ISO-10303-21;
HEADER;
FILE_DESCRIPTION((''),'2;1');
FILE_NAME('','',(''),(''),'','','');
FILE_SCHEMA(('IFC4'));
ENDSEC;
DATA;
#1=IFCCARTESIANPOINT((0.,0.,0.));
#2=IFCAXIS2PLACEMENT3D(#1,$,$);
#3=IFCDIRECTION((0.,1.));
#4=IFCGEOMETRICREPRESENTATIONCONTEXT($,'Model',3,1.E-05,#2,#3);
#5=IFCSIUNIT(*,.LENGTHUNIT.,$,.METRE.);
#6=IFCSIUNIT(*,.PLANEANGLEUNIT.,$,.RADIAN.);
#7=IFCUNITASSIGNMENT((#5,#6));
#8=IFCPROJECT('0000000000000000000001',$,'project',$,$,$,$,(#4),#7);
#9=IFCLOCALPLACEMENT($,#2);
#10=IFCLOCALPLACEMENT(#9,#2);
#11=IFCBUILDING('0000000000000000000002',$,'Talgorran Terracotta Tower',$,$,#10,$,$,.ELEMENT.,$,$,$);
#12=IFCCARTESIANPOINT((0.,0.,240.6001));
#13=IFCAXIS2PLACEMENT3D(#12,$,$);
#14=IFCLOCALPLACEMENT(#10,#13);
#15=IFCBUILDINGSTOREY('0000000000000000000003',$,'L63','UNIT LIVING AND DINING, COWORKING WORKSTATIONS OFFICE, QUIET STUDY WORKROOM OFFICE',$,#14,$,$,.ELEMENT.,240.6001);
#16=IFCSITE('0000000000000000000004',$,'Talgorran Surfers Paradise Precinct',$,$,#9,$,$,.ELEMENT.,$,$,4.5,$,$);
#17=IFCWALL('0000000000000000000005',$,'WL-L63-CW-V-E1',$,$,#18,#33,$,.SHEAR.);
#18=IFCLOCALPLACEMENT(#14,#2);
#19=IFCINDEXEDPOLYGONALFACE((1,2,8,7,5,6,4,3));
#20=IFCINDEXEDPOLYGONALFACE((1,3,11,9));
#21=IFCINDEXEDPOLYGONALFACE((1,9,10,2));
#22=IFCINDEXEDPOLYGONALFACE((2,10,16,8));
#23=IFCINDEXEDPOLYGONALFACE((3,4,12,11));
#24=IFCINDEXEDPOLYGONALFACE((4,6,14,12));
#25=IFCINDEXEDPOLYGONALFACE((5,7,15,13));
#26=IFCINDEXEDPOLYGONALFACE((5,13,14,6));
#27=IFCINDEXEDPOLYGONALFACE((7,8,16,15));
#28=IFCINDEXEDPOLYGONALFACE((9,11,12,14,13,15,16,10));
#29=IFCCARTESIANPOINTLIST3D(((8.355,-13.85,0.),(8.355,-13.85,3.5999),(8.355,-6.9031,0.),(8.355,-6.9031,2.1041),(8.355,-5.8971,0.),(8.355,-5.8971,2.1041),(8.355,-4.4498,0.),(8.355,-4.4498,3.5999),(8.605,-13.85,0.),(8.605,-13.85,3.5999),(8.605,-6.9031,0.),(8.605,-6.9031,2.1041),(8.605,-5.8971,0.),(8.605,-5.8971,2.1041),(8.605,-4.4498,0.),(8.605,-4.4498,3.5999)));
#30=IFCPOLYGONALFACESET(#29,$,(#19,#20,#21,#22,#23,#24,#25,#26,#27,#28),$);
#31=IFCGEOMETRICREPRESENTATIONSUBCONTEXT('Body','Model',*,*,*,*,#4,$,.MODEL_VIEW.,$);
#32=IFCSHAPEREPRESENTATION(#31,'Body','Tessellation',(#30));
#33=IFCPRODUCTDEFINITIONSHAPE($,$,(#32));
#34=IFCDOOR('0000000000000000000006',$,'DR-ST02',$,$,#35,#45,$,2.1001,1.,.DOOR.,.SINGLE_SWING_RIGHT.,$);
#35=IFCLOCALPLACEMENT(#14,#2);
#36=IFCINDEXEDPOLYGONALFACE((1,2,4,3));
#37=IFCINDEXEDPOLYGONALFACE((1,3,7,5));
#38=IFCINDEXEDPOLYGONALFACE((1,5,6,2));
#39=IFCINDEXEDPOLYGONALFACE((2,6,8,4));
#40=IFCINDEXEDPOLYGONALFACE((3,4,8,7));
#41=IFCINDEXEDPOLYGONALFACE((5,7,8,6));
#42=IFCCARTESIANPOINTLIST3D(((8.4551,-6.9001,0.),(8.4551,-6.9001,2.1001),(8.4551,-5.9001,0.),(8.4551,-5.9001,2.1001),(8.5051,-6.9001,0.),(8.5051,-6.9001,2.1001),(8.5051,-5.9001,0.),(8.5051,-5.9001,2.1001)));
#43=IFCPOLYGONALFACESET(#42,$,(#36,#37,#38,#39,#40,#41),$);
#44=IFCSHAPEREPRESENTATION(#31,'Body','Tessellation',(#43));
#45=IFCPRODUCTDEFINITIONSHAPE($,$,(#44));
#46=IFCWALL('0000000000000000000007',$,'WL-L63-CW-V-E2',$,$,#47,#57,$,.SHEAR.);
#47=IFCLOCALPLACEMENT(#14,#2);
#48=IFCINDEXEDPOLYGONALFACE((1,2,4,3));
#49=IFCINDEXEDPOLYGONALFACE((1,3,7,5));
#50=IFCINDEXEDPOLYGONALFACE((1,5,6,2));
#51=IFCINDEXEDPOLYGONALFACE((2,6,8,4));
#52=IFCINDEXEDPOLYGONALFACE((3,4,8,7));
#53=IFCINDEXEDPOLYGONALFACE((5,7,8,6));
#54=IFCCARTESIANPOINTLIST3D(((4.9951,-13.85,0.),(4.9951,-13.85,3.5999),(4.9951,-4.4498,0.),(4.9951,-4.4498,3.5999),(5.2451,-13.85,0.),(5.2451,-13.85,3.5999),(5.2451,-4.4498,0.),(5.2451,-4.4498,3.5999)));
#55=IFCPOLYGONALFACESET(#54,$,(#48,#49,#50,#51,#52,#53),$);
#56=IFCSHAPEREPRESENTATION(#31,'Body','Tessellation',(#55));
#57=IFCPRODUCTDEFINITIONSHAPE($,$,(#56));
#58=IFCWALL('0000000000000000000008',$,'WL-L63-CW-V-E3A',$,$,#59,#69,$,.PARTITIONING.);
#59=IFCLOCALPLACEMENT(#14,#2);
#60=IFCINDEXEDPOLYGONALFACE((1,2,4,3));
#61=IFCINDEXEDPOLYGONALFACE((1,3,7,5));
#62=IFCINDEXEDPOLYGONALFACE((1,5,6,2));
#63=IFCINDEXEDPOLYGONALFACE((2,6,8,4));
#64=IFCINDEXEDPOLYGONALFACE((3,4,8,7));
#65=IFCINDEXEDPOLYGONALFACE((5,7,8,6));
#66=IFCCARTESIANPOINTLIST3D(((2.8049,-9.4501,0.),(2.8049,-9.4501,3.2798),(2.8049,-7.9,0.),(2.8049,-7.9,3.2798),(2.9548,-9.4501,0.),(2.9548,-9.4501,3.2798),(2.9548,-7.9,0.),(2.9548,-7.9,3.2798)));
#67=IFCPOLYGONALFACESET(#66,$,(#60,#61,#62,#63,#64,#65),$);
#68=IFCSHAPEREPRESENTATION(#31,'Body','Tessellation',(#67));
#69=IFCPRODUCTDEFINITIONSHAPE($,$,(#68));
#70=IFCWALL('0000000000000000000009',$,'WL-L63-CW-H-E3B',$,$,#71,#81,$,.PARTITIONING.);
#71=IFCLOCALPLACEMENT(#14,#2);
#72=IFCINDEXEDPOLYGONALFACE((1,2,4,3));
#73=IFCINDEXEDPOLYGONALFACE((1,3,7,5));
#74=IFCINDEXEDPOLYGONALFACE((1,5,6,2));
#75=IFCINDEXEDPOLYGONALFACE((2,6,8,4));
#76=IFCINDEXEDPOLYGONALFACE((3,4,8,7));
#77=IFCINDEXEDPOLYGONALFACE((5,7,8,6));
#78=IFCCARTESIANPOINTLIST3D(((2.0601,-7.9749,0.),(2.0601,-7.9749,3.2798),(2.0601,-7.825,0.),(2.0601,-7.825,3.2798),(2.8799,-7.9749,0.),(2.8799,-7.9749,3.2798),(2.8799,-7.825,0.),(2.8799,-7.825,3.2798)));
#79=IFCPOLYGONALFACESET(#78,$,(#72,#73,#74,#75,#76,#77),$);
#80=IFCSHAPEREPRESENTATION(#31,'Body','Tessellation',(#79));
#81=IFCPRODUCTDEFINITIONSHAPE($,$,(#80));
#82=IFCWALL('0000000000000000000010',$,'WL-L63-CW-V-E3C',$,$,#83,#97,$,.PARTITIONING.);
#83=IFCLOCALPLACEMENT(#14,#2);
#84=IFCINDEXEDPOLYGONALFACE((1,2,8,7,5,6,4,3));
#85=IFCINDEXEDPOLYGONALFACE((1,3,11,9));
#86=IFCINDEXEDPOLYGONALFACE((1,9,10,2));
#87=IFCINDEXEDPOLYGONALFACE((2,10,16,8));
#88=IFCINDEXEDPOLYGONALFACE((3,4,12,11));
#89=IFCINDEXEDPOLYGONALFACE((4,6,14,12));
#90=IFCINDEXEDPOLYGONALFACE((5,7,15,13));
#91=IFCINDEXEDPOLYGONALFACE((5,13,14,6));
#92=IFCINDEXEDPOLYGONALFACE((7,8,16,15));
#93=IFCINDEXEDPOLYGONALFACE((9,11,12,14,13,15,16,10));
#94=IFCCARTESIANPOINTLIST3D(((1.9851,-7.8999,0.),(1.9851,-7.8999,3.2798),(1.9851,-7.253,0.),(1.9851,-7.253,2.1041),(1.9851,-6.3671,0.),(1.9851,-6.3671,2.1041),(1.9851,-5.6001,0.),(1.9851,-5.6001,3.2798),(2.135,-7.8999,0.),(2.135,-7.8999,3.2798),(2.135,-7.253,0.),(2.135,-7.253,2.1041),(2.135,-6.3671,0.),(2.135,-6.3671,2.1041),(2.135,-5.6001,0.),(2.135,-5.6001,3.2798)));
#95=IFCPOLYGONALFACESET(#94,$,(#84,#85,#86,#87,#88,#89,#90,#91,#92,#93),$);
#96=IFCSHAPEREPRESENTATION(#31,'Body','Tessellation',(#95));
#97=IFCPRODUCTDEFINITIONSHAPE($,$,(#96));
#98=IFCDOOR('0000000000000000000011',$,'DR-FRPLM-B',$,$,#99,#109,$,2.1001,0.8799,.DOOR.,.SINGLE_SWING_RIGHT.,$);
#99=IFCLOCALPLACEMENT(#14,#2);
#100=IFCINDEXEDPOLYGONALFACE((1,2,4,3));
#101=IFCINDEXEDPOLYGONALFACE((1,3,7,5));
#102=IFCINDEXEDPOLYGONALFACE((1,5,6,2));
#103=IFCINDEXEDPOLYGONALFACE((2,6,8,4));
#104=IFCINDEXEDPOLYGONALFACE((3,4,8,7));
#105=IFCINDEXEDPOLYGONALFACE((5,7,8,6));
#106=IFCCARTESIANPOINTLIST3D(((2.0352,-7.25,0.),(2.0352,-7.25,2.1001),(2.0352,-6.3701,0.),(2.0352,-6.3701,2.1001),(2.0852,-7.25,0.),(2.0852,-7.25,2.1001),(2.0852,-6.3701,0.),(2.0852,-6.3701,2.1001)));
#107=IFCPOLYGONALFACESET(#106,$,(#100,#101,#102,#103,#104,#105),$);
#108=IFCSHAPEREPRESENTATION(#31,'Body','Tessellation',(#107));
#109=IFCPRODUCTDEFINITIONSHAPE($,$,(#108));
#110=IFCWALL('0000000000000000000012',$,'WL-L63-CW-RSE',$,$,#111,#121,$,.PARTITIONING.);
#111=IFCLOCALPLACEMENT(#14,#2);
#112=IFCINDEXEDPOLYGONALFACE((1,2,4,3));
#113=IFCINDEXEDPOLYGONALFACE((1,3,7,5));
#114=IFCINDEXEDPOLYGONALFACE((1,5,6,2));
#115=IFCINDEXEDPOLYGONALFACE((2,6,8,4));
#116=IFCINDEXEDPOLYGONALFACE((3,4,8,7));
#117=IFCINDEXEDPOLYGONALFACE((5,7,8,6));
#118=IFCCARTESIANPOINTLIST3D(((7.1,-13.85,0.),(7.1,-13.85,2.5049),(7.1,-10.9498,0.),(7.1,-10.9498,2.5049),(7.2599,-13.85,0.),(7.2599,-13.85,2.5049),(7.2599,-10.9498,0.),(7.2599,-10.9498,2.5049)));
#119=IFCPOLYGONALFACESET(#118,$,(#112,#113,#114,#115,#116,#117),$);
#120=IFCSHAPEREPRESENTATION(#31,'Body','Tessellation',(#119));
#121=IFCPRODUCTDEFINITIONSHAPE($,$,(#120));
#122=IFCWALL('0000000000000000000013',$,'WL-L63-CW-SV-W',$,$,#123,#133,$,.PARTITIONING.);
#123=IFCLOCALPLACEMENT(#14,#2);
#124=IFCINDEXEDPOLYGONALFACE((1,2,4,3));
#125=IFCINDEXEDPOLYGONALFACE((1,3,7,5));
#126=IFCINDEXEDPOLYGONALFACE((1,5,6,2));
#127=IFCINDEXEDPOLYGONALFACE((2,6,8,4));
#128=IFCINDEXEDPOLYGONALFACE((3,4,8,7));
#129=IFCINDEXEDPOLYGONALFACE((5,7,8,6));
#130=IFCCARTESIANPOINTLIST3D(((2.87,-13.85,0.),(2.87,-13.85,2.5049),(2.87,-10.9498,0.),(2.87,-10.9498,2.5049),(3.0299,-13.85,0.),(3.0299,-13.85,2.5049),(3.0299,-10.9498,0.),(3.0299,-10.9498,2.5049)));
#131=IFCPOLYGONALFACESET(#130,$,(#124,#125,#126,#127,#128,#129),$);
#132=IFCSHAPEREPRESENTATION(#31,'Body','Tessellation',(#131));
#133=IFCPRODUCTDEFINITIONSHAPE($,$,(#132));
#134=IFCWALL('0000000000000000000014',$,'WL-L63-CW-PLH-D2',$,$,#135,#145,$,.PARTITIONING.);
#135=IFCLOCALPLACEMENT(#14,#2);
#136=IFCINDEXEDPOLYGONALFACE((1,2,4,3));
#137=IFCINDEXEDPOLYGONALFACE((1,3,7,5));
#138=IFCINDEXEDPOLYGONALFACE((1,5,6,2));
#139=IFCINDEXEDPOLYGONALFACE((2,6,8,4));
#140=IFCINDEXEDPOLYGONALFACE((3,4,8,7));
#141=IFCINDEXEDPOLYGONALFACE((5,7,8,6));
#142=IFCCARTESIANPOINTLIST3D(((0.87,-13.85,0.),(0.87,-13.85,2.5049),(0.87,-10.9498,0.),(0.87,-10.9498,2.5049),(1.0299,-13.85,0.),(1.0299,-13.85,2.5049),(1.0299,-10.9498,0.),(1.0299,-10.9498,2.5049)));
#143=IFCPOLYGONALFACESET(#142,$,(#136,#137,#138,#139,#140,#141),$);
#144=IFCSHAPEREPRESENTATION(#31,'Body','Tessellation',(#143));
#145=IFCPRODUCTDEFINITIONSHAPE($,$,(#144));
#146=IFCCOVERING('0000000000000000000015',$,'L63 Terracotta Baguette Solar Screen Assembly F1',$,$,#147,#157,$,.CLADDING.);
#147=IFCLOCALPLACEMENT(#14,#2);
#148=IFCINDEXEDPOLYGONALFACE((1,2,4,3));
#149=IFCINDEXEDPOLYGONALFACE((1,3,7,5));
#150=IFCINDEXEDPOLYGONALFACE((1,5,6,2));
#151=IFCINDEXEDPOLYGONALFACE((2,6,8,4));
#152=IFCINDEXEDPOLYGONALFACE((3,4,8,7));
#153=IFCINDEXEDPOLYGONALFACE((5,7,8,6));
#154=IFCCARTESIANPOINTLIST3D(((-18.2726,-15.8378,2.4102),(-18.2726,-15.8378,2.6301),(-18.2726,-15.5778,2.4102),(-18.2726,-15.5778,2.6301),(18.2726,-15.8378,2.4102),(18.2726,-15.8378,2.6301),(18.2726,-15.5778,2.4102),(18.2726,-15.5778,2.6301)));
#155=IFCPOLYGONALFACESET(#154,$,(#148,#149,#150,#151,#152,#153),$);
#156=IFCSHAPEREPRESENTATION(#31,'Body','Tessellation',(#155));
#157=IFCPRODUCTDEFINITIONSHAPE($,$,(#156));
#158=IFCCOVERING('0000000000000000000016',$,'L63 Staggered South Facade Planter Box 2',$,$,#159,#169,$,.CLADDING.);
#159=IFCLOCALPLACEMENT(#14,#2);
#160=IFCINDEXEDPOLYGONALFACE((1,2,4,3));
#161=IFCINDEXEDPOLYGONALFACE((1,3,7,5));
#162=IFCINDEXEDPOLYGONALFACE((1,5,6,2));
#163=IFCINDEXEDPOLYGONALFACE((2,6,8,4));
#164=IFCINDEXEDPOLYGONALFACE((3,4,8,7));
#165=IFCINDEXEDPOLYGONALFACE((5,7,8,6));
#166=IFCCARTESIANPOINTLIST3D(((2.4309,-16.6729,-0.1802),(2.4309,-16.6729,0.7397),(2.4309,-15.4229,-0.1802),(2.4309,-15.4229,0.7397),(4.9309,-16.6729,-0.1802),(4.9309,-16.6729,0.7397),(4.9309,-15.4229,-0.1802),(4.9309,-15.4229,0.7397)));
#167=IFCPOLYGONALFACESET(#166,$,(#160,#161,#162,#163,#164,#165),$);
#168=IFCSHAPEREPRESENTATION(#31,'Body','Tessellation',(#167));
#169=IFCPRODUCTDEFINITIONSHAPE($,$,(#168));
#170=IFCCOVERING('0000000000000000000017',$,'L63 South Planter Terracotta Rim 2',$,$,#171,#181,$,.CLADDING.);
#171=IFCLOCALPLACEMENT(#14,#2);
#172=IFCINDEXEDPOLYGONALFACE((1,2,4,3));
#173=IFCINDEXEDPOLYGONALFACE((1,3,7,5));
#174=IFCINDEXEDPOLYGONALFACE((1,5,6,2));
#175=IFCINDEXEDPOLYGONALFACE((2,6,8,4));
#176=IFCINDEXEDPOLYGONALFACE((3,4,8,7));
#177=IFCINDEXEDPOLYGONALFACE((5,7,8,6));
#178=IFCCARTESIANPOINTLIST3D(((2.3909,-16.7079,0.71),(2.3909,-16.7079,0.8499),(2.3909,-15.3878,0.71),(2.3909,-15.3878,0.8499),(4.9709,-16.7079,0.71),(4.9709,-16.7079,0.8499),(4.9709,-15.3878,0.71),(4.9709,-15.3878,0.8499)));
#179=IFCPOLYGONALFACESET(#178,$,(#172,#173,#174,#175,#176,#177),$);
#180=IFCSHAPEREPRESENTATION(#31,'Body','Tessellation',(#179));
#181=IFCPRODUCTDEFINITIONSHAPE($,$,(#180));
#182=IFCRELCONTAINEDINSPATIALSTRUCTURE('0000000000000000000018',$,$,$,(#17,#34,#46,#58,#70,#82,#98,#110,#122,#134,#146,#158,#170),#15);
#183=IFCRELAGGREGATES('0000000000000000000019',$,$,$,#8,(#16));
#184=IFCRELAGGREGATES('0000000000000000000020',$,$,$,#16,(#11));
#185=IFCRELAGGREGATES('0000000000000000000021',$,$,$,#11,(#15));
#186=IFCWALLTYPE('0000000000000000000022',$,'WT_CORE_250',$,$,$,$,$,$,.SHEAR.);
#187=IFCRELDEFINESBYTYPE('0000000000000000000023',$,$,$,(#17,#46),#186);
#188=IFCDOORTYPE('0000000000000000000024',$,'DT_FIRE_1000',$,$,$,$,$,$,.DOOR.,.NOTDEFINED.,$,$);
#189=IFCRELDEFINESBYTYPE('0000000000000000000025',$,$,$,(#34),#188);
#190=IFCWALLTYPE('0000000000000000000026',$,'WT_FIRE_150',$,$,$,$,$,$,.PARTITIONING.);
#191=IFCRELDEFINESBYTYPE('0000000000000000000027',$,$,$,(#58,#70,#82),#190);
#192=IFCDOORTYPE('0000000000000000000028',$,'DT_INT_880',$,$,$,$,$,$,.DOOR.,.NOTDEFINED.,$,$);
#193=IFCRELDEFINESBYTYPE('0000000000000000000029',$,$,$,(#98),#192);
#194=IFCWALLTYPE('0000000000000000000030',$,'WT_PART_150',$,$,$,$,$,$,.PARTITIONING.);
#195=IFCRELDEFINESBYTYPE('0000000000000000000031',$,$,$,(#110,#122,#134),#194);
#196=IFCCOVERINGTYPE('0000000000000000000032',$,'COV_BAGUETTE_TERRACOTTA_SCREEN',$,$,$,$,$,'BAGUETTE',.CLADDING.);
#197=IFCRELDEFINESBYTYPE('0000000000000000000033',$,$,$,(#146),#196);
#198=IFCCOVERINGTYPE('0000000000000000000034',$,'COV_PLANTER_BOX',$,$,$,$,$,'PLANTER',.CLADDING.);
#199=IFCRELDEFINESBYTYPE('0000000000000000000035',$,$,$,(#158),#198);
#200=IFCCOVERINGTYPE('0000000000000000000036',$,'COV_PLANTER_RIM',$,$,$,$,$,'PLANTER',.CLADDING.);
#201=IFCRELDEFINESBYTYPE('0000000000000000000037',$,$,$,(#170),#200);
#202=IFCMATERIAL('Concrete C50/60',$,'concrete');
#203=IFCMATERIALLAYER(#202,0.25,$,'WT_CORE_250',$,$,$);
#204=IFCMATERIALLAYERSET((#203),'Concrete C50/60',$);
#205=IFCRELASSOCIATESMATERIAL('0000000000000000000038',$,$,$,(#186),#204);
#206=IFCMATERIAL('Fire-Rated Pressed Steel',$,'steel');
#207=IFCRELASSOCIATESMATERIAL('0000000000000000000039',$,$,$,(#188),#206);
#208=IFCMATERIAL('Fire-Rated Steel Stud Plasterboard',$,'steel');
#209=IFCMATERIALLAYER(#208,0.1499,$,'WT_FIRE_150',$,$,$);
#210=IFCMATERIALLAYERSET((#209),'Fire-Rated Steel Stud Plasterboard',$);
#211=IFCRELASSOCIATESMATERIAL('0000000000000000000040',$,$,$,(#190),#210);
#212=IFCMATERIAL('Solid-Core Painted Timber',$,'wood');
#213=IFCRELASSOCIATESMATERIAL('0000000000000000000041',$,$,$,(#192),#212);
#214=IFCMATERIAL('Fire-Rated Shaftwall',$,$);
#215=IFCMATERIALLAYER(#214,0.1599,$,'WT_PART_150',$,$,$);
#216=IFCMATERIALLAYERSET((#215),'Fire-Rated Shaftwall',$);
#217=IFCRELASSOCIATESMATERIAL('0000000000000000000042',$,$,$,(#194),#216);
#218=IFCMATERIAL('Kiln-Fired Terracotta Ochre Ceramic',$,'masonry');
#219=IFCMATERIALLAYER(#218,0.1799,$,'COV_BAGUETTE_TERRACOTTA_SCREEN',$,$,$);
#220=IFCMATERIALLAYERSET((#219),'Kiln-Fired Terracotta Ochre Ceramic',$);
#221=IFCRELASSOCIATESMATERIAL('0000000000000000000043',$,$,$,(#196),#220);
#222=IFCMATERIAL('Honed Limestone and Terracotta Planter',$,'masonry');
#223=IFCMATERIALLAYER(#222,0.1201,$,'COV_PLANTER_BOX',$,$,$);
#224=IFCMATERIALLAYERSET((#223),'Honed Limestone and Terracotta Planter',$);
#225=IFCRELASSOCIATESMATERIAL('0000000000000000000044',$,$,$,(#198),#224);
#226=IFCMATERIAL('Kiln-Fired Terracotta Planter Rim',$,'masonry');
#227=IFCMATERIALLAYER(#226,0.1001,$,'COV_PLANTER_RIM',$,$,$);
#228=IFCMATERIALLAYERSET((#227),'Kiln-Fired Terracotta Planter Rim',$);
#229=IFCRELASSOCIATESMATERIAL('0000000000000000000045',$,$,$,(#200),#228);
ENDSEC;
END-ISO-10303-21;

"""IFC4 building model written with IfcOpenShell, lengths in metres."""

from ifc_helpers import new_model, si_unit, direction, frame, frame_2d, origin, origin_2d, place, context, subcontext, project, spatial, rectangle, extrude, material, layer, layer_set, type_object, element, fill, save


model = new_model("IFC4")

# Units and contexts
model_context = context("Model", 3, precision=1e-05, world=origin(), true_north=direction((0.0, 1.0)))
body_context = subcontext(model_context, "Body", "Model", "MODEL_VIEW")
ifc_project = project(units=[si_unit("LENGTHUNIT", "METRE"), si_unit("PLANEANGLEUNIT", "RADIAN")], contexts=[model_context])

# Site, building, storey
site_placement = place(None, origin())
site = spatial("IfcSite", under=ifc_project, at=site_placement, Name="Talgorran Surfers Paradise Precinct", CompositionType="ELEMENT", RefElevation=4.5)
building_placement = place(site_placement, origin())
building = spatial("IfcBuilding", under=site, at=building_placement, Name="Talgorran Terracotta Tower", CompositionType="ELEMENT")
storey_placement = place(building_placement, frame((0.0, 0.0, 240.6001)))
storey = spatial("IfcBuildingStorey", under=building, at=storey_placement, Name="L63", Description="UNIT LIVING AND DINING, COWORKING WORKSTATIONS OFFICE, QUIET STUDY WORKROOM OFFICE", CompositionType="ELEMENT", Elevation=240.6001)

# Shared definitions
ifc_material_1 = material(Name="Concrete C50/60", Category="concrete")

# Shared definitions
ifc_material_2 = material(Name="Fire-Rated Pressed Steel", Category="steel")

# Wall, opening, door
ifc_layer_1 = layer(ifc_material_1, 0.25, Name="WT_CORE_250")
ifc_layer_set_1 = layer_set([ifc_layer_1], Name="Concrete C50/60")
wall_type_1 = type_object("IfcWallType", Name="WT_CORE_250", PredefinedType="SHEAR", material=ifc_layer_set_1)
wall_1_placement = place(storey_placement, frame((8.48, -13.8501, 0.0), z_axis=(0.0, 0.0, 1.0), x_axis=(0.0, 1.0, 0.0)))
wall_1 = element("IfcWall", 1, at=wall_1_placement, inside=storey, type_object=wall_type_1, Name="WL-L63-CW-V-E1", PredefinedType="SHEAR", context=body_context, shape_type="SweptSolid", body=[
    extrude(rectangle(XDim=9.4001, YDim=0.25, at=frame_2d((4.7002, 0.0))), origin(), (0.0, 0.0, 1.0), 3.5999),
])
opening_1_placement = place(wall_1_placement, frame((6.95, 0.0, 0.0)))
opening_1 = element("IfcOpeningElement", 2, at=opening_1_placement, cuts=wall_1, PredefinedType="OPENING", context=body_context, shape_type="SweptSolid", body=[
    extrude(rectangle(XDim=1.006, YDim=2.1041, at=frame_2d((0.5, 1.052))), frame((0.0, 0.135, 0.0), z_axis=(0.0, -1.0, 0.0), x_axis=(1.0, 0.0, 0.0)), (0.0, 0.0, 1.0), 0.27),
])
door_type_1 = type_object("IfcDoorType", Name="DT_FIRE_1000", OperationType="NOTDEFINED", PredefinedType="DOOR", material=ifc_material_2)
door_1_placement = place(opening_1_placement, origin())
door_1 = element("IfcDoor", 3, at=door_1_placement, inside=storey, type_object=door_type_1, Name="DR-ST02", OperationType="SINGLE_SWING_RIGHT", OverallHeight=2.1001, OverallWidth=1.0, PredefinedType="DOOR", context=body_context, shape_type="SweptSolid", body=[
    extrude(rectangle(XDim=1.0, YDim=2.1001, at=frame_2d((0.5, 1.05))), frame((0.0, 0.0249, 0.0), z_axis=(0.0, -1.0, 0.0), x_axis=(1.0, 0.0, 0.0)), (0.0, 0.0, 1.0), 0.05),
])
fill(opening_1, door_1)

# Walls
wall_2_placement = place(storey_placement, frame((5.1201, -13.8501, 0.0), z_axis=(0.0, 0.0, 1.0), x_axis=(0.0, 1.0, 0.0)))
element("IfcWall", 4, at=wall_2_placement, inside=storey, type_object=wall_type_1, Name="WL-L63-CW-V-E2", PredefinedType="SHEAR", context=body_context, shape_type="SweptSolid", body=[
    extrude(rectangle(XDim=9.4001, YDim=0.25, at=frame_2d((4.7002, 0.0))), origin(), (0.0, 0.0, 1.0), 3.5999),
])
ifc_material_3 = material(Name="Fire-Rated Steel Stud Plasterboard", Category="steel")
ifc_layer_2 = layer(ifc_material_3, 0.1499, Name="WT_FIRE_150")
ifc_layer_set_2 = layer_set([ifc_layer_2], Name="Fire-Rated Steel Stud Plasterboard")
wall_type_2 = type_object("IfcWallType", Name="WT_FIRE_150", PredefinedType="PARTITIONING", material=ifc_layer_set_2)
wall_3_placement = place(storey_placement, frame((2.8799, -9.45, 0.0), z_axis=(0.0, 0.0, 1.0), x_axis=(0.0, 1.0, 0.0)))
element("IfcWall", 5, at=wall_3_placement, inside=storey, type_object=wall_type_2, Name="WL-L63-CW-V-E3A", PredefinedType="PARTITIONING", context=body_context, shape_type="SweptSolid", body=[
    extrude(rectangle(XDim=1.55, YDim=0.1499, at=frame_2d((0.7749, 0.0))), origin(), (0.0, 0.0, 1.0), 3.2798),
])
wall_4_placement = place(storey_placement, frame((2.0601, -7.8999, 0.0), z_axis=(0.0, 0.0, 1.0), x_axis=(1.0, 0.0, 0.0)))
element("IfcWall", 6, at=wall_4_placement, inside=storey, type_object=wall_type_2, Name="WL-L63-CW-H-E3B", PredefinedType="PARTITIONING", context=body_context, shape_type="SweptSolid", body=[
    extrude(rectangle(XDim=0.8198, YDim=0.1499, at=frame_2d((0.4099, 0.0))), origin(), (0.0, 0.0, 1.0), 3.2798),
])

# Wall, opening, door
wall_5_placement = place(storey_placement, frame((2.0601, -7.8999, 0.0), z_axis=(0.0, 0.0, 1.0), x_axis=(0.0, 1.0, 0.0)))
wall_5 = element("IfcWall", 7, at=wall_5_placement, inside=storey, type_object=wall_type_2, Name="WL-L63-CW-V-E3C", PredefinedType="PARTITIONING", context=body_context, shape_type="SweptSolid", body=[
    extrude(rectangle(XDim=2.2998, YDim=0.1499, at=frame_2d((1.1499, 0.0))), origin(), (0.0, 0.0, 1.0), 3.2798),
])
opening_2_placement = place(wall_5_placement, frame((0.6499, 0.0, 0.0)))
opening_2 = element("IfcOpeningElement", 8, at=opening_2_placement, cuts=wall_5, PredefinedType="OPENING", context=body_context, shape_type="SweptSolid", body=[
    extrude(rectangle(XDim=0.8859, YDim=2.1041, at=frame_2d((0.4399, 1.052))), frame((0.0, 0.085, 0.0), z_axis=(0.0, -1.0, 0.0), x_axis=(1.0, 0.0, 0.0)), (0.0, 0.0, 1.0), 0.1699),
])
ifc_material_4 = material(Name="Solid-Core Painted Timber", Category="wood")
door_type_2 = type_object("IfcDoorType", Name="DT_INT_880", OperationType="NOTDEFINED", PredefinedType="DOOR", material=ifc_material_4)
door_2_placement = place(opening_2_placement, origin())
door_2 = element("IfcDoor", 9, at=door_2_placement, inside=storey, type_object=door_type_2, Name="DR-FRPLM-B", OperationType="SINGLE_SWING_RIGHT", OverallHeight=2.1001, OverallWidth=0.8799, PredefinedType="DOOR", context=body_context, shape_type="SweptSolid", body=[
    extrude(rectangle(XDim=0.8799, YDim=2.1001, at=frame_2d((0.4399, 1.05))), frame((0.0, 0.0249, 0.0), z_axis=(0.0, -1.0, 0.0), x_axis=(1.0, 0.0, 0.0)), (0.0, 0.0, 1.0), 0.05),
])
fill(opening_2, door_2)

# Walls
ifc_material_5 = material(Name="Fire-Rated Shaftwall")
ifc_layer_3 = layer(ifc_material_5, 0.1599, Name="WT_PART_150")
ifc_layer_set_3 = layer_set([ifc_layer_3], Name="Fire-Rated Shaftwall")
wall_type_3 = type_object("IfcWallType", Name="WT_PART_150", PredefinedType="PARTITIONING", material=ifc_layer_set_3)
for number, where, z_axis, x_axis, name in (
    (10, (7.1799, -13.8501, 0.0), (0.0, 0.0, 1.0), (0.0, 1.0, 0.0), "WL-L63-CW-RSE"),
    (11, (2.95, -13.8501, 0.0), (0.0, 0.0, 1.0), (0.0, 1.0, 0.0), "WL-L63-CW-SV-W"),
    (12, (0.95, -13.8501, 0.0), (0.0, 0.0, 1.0), (0.0, 1.0, 0.0), "WL-L63-CW-PLH-D2"),
):
    element("IfcWall", number, at=place(storey_placement, frame(where, z_axis=z_axis, x_axis=x_axis)), inside=storey, type_object=wall_type_3, Name=name, PredefinedType="PARTITIONING", context=body_context, shape_type="SweptSolid", body=[
        extrude(rectangle(XDim=2.9001, YDim=0.1599, at=frame_2d((1.4502, 0.0))), origin(), (0.0, 0.0, 1.0), 2.5049),
    ])

# Coverings
ifc_material_6 = material(Name="Kiln-Fired Terracotta Ochre Ceramic", Category="masonry")
ifc_layer_4 = layer(ifc_material_6, 0.1799, Name="COV_BAGUETTE_TERRACOTTA_SCREEN")
ifc_layer_set_4 = layer_set([ifc_layer_4], Name="Kiln-Fired Terracotta Ochre Ceramic")
covering_type_1 = type_object("IfcCoveringType", Name="COV_BAGUETTE_TERRACOTTA_SCREEN", ElementType="BAGUETTE", PredefinedType="CLADDING", material=ifc_layer_set_4)
covering_1_placement = place(storey_placement, frame((0.0, -15.7078, 2.4102), z_axis=(0.0, 0.0, 1.0), x_axis=(1.0, 0.0, 0.0)))
element("IfcCovering", 13, at=covering_1_placement, inside=storey, type_object=covering_type_1, Name="L63 Terracotta Baguette Solar Screen Assembly F1", PredefinedType="CLADDING", context=body_context, shape_type="SweptSolid", body=[
    extrude(rectangle(XDim=36.5452, YDim=0.26, at=origin_2d()), origin(), (0.0, 0.0, 1.0), 0.22),
])
ifc_material_7 = material(Name="Honed Limestone and Terracotta Planter", Category="masonry")
ifc_layer_5 = layer(ifc_material_7, 0.1201, Name="COV_PLANTER_BOX")
ifc_layer_set_5 = layer_set([ifc_layer_5], Name="Honed Limestone and Terracotta Planter")
covering_type_2 = type_object("IfcCoveringType", Name="COV_PLANTER_BOX", ElementType="PLANTER", PredefinedType="CLADDING", material=ifc_layer_set_5)
covering_2_placement = place(storey_placement, frame((3.6809, -16.0479, -0.1802), z_axis=(0.0, 0.0, 1.0), x_axis=(1.0, 0.0, 0.0)))
element("IfcCovering", 14, at=covering_2_placement, inside=storey, type_object=covering_type_2, Name="L63 Staggered South Facade Planter Box 2", PredefinedType="CLADDING", context=body_context, shape_type="SweptSolid", body=[
    extrude(rectangle(XDim=2.5, YDim=1.25, at=origin_2d()), origin(), (0.0, 0.0, 1.0), 0.9199),
])
ifc_material_8 = material(Name="Kiln-Fired Terracotta Planter Rim", Category="masonry")
ifc_layer_6 = layer(ifc_material_8, 0.1001, Name="COV_PLANTER_RIM")
ifc_layer_set_6 = layer_set([ifc_layer_6], Name="Kiln-Fired Terracotta Planter Rim")
covering_type_3 = type_object("IfcCoveringType", Name="COV_PLANTER_RIM", ElementType="PLANTER", PredefinedType="CLADDING", material=ifc_layer_set_6)
covering_3_placement = place(storey_placement, frame((3.6809, -16.0479, 0.71), z_axis=(0.0, 0.0, 1.0), x_axis=(1.0, 0.0, 0.0)))
element("IfcCovering", 15, at=covering_3_placement, inside=storey, type_object=covering_type_3, Name="L63 South Planter Terracotta Rim 2", PredefinedType="CLADDING", context=body_context, shape_type="SweptSolid", body=[
    extrude(rectangle(XDim=2.5801, YDim=1.3201, at=origin_2d()), origin(), (0.0, 0.0, 1.0), 0.1399),
])

save(model, "model.ifc")
